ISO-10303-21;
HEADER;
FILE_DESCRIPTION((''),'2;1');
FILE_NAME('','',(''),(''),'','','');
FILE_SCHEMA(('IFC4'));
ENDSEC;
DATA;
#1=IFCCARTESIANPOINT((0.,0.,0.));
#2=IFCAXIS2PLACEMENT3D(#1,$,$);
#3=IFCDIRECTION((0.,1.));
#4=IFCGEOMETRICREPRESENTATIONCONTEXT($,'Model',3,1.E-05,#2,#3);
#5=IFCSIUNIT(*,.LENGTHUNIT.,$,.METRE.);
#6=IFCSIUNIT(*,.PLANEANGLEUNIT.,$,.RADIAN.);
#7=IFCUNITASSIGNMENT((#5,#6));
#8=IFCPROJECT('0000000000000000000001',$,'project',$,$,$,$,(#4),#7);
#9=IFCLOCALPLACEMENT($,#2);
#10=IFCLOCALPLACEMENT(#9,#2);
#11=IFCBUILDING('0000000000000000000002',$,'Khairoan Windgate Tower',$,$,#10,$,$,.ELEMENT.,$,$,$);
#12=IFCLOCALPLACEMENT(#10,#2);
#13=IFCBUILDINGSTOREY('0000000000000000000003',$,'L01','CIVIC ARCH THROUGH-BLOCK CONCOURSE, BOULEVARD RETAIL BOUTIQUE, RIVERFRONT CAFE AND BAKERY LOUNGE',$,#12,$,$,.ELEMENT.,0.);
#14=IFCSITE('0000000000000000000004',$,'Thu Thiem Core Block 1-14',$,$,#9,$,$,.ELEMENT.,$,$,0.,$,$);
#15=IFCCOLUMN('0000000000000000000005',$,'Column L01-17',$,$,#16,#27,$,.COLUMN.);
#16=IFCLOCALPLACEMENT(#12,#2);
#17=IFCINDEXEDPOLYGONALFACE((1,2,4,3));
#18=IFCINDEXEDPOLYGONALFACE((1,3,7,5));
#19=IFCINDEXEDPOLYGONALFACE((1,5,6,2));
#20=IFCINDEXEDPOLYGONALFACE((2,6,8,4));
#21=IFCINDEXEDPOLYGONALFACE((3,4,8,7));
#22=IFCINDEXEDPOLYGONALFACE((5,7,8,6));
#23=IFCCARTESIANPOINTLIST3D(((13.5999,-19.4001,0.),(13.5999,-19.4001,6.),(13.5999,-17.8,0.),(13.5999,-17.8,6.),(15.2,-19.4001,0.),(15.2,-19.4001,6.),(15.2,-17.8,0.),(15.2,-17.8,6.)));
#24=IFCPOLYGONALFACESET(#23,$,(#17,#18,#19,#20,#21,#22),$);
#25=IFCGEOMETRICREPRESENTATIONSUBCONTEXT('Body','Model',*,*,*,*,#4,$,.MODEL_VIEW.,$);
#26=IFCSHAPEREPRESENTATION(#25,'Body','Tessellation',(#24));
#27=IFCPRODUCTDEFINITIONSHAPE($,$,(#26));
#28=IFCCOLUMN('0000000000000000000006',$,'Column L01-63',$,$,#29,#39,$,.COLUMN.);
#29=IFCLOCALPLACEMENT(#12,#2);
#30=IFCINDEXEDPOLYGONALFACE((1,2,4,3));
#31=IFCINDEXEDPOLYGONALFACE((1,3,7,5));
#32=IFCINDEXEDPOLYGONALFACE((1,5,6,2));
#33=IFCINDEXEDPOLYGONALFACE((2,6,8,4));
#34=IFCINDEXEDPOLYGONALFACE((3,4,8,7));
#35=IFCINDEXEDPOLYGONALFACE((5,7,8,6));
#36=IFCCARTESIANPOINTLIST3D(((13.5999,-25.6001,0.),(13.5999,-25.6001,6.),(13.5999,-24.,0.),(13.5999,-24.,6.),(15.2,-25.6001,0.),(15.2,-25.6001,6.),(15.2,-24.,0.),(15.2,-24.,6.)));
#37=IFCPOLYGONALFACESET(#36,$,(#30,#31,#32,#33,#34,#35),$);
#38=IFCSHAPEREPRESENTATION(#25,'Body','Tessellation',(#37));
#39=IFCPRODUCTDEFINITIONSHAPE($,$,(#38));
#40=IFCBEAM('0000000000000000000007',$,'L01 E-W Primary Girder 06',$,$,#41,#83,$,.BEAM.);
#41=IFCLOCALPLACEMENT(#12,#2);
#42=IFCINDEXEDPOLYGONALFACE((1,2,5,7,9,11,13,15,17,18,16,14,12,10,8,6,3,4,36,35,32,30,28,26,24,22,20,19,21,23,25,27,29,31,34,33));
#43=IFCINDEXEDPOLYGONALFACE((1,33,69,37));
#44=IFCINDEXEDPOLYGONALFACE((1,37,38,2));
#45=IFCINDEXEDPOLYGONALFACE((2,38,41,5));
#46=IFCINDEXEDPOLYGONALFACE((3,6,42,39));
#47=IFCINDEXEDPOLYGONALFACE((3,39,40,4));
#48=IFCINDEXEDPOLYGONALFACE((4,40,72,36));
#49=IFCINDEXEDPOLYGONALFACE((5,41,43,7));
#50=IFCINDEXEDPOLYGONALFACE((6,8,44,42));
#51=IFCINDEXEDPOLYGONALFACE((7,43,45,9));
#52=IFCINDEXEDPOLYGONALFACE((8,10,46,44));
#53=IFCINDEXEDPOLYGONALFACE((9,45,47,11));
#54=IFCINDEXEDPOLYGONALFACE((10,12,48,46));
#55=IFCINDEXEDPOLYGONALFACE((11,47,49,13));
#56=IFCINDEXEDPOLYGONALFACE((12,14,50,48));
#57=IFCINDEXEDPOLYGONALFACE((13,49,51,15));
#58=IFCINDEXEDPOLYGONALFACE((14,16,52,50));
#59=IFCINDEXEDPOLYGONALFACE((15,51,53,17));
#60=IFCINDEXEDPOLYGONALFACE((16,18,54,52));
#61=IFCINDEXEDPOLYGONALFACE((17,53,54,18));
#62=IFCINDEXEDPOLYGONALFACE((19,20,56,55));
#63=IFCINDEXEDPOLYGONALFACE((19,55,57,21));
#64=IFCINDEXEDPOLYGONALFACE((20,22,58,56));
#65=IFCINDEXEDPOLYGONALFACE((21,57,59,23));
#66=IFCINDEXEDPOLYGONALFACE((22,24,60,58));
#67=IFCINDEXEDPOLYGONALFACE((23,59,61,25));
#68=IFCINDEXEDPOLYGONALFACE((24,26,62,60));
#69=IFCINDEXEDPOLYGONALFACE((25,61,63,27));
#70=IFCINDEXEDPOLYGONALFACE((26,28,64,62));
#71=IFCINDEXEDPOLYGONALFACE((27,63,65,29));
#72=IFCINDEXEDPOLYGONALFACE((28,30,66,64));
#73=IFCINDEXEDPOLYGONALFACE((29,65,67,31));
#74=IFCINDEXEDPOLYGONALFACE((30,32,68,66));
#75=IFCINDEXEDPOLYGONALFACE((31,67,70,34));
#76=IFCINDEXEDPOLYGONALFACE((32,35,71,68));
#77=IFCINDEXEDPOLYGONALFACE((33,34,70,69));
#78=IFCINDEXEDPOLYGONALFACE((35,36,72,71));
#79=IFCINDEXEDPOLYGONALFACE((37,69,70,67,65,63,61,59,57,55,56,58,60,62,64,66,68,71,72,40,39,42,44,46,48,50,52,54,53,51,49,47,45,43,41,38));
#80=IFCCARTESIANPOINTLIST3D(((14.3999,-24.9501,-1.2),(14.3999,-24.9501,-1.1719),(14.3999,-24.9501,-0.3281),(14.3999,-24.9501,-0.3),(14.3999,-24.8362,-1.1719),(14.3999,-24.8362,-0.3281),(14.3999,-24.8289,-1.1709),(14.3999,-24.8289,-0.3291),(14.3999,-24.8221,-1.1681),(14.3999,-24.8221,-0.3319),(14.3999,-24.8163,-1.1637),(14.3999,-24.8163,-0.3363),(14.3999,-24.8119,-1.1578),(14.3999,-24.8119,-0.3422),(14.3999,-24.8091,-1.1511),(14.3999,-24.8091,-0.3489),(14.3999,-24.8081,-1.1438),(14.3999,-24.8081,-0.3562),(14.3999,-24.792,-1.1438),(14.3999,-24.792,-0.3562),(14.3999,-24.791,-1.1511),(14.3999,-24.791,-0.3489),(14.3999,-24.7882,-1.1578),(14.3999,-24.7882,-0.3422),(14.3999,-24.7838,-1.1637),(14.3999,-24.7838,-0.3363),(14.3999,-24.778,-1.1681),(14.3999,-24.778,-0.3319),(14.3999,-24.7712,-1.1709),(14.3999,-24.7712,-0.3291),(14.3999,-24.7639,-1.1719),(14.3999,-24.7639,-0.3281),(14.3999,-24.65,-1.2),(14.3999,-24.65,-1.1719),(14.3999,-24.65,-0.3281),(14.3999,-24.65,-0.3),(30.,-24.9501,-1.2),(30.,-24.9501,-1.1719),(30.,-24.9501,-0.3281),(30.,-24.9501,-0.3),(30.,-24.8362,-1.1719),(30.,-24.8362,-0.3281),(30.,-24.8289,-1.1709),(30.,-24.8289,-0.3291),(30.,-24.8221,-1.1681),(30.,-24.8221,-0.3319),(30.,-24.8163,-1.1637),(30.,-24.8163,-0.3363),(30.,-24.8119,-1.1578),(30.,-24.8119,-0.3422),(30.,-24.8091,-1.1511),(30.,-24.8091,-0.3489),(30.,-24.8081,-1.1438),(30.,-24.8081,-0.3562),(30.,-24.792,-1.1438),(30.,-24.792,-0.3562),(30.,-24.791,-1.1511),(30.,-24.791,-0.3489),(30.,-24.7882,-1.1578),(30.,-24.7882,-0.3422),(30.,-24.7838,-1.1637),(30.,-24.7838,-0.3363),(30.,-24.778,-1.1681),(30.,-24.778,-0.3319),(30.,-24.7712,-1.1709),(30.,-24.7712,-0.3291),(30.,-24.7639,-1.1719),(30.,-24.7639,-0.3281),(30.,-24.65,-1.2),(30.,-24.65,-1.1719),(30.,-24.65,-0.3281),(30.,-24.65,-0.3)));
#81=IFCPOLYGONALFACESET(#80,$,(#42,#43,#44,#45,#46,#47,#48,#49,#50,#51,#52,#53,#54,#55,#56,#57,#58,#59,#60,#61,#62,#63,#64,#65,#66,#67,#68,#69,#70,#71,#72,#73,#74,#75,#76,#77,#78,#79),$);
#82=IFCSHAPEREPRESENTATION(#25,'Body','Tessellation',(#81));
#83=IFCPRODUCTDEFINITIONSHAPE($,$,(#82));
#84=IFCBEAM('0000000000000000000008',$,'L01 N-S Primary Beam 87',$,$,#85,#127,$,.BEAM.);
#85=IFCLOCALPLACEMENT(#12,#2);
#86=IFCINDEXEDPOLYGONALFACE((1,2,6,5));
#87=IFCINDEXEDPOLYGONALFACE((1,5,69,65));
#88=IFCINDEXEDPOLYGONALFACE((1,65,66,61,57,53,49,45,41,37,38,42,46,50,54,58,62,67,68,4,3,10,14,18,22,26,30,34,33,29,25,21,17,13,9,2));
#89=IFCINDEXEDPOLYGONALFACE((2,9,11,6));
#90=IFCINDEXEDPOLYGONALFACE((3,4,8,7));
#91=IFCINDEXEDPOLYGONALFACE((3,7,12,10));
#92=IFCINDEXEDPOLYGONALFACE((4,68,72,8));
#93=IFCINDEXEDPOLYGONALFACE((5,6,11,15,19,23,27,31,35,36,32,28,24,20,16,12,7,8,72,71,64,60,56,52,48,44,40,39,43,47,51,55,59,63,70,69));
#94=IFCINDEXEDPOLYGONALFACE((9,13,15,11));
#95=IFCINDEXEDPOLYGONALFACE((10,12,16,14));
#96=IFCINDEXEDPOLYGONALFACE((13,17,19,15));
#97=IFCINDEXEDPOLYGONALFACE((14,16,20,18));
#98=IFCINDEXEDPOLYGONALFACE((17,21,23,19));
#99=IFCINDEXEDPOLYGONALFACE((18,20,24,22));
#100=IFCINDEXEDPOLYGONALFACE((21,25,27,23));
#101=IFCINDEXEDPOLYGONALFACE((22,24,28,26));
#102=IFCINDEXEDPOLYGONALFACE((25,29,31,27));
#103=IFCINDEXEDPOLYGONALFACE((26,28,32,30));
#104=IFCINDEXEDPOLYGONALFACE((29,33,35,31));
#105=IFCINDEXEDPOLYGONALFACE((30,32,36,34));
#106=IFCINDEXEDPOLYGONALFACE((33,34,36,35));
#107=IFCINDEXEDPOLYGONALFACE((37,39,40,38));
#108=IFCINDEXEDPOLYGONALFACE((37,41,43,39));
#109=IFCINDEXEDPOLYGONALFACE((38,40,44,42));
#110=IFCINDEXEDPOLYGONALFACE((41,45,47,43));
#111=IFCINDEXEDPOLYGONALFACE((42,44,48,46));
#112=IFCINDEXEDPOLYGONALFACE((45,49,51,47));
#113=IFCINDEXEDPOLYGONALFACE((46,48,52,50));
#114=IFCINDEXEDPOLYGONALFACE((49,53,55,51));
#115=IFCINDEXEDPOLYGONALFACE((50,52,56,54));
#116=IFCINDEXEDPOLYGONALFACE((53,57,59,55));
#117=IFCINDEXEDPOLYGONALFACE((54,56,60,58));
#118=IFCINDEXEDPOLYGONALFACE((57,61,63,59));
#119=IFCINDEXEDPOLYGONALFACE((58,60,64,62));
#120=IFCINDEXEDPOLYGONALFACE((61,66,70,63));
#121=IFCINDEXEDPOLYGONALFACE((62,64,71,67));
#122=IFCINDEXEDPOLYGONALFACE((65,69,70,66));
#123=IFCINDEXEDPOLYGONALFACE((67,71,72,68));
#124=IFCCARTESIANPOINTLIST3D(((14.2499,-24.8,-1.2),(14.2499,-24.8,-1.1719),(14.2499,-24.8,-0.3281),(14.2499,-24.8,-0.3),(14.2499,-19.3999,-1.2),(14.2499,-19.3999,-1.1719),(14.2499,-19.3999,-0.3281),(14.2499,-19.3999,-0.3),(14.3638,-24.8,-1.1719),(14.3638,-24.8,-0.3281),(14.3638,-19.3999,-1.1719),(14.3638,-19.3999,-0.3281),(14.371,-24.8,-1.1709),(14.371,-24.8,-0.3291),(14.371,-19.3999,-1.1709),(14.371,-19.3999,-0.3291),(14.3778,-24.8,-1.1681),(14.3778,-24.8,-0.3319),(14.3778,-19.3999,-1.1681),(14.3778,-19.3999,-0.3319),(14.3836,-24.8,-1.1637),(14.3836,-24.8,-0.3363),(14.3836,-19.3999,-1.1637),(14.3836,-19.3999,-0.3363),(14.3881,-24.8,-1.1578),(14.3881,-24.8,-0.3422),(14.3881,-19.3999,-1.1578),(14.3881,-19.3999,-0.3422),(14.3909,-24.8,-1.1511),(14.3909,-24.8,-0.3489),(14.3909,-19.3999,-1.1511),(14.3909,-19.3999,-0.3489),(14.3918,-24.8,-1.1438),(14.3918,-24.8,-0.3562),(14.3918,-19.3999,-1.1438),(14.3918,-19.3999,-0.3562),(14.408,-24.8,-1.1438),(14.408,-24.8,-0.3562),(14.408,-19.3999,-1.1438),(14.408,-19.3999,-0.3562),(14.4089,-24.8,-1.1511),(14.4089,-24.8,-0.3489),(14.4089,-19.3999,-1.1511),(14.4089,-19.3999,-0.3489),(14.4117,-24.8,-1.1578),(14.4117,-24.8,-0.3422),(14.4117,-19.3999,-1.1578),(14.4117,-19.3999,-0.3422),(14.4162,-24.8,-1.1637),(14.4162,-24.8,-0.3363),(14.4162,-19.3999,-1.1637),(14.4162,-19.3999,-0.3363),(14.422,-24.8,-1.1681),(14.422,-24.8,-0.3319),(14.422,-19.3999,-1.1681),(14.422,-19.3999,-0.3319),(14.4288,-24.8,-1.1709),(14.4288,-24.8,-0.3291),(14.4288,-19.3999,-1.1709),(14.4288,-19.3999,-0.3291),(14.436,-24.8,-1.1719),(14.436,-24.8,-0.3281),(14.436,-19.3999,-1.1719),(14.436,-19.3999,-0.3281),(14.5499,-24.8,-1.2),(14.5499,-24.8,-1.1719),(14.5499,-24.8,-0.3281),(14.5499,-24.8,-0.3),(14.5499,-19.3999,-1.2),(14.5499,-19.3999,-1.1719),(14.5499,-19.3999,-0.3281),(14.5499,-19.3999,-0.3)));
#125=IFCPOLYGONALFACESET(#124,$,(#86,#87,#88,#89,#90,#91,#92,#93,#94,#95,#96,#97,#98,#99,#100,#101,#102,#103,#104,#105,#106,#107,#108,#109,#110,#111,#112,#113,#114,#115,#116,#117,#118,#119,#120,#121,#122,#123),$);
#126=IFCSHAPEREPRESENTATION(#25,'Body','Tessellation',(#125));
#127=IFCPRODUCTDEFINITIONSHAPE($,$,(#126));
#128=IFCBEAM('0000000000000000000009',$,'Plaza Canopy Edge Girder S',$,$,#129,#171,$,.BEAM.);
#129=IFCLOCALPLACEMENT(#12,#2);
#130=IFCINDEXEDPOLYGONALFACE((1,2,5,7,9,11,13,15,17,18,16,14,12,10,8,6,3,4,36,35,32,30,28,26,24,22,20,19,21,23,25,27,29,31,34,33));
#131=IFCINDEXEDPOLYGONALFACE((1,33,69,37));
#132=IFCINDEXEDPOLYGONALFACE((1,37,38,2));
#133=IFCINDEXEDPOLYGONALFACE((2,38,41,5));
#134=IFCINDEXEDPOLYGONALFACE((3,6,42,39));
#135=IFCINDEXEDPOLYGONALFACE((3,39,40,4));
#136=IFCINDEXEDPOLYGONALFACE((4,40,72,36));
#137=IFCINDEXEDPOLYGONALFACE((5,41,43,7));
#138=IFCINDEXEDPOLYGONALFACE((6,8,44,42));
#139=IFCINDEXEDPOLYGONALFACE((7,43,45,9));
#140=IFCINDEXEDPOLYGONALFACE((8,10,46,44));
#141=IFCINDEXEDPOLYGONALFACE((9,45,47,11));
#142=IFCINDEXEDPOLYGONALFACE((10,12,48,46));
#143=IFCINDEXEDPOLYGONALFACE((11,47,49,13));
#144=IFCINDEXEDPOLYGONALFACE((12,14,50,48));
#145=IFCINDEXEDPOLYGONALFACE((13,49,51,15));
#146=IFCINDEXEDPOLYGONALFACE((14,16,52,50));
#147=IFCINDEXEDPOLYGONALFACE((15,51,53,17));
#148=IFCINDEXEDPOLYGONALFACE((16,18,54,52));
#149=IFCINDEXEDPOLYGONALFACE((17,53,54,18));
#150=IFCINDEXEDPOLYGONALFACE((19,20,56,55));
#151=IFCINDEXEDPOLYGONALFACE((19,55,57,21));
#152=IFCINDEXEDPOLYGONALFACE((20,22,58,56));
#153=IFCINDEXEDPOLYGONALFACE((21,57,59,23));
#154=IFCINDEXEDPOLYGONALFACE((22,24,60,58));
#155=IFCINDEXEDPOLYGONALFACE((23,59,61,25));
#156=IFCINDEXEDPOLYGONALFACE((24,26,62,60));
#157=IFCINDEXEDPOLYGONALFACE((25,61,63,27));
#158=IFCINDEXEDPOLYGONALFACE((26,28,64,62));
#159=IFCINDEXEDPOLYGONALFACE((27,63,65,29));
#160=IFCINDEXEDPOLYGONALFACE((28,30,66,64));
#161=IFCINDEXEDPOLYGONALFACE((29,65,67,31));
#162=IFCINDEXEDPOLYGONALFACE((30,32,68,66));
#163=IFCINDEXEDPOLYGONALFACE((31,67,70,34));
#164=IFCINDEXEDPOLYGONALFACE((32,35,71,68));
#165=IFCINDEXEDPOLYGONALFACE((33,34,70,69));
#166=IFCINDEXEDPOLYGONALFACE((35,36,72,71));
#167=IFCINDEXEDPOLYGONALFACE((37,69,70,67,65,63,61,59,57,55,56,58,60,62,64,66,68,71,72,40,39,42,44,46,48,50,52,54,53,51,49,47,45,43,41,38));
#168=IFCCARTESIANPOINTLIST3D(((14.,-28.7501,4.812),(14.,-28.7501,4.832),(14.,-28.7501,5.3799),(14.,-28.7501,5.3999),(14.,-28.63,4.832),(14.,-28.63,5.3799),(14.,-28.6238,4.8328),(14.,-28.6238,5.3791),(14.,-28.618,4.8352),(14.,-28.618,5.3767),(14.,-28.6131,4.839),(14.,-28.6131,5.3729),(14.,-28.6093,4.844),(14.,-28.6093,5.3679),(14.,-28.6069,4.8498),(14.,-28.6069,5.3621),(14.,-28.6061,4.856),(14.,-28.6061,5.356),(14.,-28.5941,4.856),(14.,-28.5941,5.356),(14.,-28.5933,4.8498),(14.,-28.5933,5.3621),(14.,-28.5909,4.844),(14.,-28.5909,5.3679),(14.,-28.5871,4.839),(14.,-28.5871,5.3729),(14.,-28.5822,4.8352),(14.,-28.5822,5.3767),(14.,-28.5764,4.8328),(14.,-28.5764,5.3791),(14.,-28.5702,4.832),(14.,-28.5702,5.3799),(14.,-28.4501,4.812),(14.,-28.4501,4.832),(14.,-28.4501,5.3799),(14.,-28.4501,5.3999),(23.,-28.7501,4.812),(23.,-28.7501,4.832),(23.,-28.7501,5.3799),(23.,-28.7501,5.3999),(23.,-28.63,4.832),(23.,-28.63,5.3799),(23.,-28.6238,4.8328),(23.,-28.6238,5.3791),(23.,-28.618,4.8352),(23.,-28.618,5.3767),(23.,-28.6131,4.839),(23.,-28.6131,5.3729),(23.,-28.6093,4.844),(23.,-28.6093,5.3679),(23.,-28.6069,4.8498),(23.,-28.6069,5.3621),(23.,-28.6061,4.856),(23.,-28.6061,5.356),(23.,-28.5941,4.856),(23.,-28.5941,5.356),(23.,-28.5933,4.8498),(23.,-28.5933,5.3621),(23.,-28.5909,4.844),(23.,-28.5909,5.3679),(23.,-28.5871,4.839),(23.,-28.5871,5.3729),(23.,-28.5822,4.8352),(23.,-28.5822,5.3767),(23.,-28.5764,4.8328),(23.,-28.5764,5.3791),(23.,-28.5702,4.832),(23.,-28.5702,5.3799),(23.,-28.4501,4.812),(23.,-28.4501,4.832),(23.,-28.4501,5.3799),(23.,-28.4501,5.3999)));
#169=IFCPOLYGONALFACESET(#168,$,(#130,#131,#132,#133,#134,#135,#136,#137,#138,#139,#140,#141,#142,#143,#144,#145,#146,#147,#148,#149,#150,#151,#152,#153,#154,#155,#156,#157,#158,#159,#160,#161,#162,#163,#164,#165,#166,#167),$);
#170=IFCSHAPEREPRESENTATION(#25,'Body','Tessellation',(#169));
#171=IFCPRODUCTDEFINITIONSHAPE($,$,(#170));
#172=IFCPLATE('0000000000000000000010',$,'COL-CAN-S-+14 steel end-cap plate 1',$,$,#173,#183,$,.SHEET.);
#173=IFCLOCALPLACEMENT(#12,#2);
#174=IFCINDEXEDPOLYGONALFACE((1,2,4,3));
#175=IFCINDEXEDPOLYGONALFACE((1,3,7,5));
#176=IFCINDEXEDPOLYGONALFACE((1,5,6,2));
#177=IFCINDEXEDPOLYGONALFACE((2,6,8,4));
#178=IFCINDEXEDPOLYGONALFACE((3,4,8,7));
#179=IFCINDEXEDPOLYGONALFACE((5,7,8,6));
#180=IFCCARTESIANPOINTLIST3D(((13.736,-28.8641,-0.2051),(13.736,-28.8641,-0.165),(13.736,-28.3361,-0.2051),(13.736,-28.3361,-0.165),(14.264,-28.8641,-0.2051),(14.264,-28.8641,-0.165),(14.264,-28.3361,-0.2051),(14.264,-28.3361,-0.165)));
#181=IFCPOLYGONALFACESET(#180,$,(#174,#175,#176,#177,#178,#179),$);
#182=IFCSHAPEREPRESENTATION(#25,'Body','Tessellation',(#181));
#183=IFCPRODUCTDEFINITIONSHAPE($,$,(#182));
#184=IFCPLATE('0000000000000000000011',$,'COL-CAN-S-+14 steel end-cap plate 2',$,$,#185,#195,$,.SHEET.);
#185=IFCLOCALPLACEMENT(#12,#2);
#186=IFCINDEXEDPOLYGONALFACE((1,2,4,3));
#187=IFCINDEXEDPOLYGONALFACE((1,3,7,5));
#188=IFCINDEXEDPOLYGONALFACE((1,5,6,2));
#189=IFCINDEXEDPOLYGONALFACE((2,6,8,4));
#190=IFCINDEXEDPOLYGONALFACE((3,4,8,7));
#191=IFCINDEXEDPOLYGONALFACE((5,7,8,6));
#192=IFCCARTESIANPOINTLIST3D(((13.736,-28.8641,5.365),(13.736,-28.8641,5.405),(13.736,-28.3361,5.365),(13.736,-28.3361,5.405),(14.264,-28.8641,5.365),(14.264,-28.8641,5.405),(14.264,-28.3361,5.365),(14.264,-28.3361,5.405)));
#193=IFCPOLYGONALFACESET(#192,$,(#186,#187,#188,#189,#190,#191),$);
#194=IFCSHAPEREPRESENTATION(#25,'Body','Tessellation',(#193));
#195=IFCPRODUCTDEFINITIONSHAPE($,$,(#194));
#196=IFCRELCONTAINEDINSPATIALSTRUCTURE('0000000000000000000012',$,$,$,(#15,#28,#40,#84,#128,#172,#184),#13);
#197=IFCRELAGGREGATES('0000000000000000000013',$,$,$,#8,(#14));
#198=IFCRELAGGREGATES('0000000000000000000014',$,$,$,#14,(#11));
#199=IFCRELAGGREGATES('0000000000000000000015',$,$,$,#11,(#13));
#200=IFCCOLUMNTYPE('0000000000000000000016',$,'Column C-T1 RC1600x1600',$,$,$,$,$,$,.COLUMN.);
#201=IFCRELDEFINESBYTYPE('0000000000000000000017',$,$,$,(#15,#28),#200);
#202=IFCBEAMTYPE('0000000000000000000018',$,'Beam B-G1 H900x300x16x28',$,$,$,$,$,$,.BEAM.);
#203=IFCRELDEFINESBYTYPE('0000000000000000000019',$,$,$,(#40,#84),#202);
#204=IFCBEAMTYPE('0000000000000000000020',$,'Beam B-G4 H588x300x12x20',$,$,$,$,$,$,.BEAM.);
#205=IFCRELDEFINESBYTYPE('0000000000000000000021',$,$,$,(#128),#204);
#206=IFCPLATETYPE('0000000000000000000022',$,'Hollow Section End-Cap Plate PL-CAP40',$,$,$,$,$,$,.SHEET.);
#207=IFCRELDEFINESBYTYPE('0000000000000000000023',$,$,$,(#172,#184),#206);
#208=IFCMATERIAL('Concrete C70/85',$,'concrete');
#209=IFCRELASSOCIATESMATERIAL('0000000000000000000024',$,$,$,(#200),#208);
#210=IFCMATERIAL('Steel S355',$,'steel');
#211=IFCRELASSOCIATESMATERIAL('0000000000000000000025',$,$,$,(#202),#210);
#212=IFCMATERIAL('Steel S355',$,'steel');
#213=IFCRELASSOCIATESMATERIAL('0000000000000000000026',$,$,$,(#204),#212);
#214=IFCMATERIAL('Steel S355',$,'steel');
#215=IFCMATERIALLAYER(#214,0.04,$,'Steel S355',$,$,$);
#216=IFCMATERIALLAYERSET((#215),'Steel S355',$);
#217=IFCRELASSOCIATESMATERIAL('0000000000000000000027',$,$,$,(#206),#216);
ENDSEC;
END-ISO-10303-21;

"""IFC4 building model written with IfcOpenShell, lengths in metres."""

from ifc_helpers import new_model, si_unit, direction, frame, origin, origin_2d, place, context, subcontext, project, spatial, rectangle, i_section, extrude, material, layer, layer_set, material_profile, profile_set, type_object, element, save


model = new_model("IFC4")

# Units and contexts
model_context = context("Model", 3, precision=1e-05, world=origin(), true_north=direction((0.0, 1.0)))
body_context = subcontext(model_context, "Body", "Model", "MODEL_VIEW")
ifc_project = project(units=[si_unit("LENGTHUNIT", "METRE"), si_unit("PLANEANGLEUNIT", "RADIAN")], contexts=[model_context])

# Site, building, storey
site_placement = place(None, origin())
site = spatial("IfcSite", under=ifc_project, at=site_placement, Name="Thu Thiem Core Block 1-14", CompositionType="ELEMENT", RefElevation=0.0)
building_placement = place(site_placement, origin())
building = spatial("IfcBuilding", under=site, at=building_placement, Name="Khairoan Windgate Tower", CompositionType="ELEMENT")
storey_placement = place(building_placement, origin())
storey = spatial("IfcBuildingStorey", under=building, at=storey_placement, Name="L01", Description="CIVIC ARCH THROUGH-BLOCK CONCOURSE, BOULEVARD RETAIL BOUTIQUE, RIVERFRONT CAFE AND BAKERY LOUNGE", CompositionType="ELEMENT", Elevation=0.0)

# Columns
ifc_material_1 = material(Name="Concrete C70/85", Category="concrete")
ifc_material_profile_1 = material_profile(ifc_material_1, rectangle(XDim=1.6001, YDim=1.6001, at=origin_2d()))
ifc_profile_set_1 = profile_set([ifc_material_profile_1], Name="Concrete C70/85")
column_type = type_object("IfcColumnType", Name="Column C-T1 RC1600x1600", PredefinedType="COLUMN", material=ifc_profile_set_1)
for number, where, z_axis, x_axis, name in (
    (1, (14.3999, -18.6001, 0.0), (0.0, 0.0, 1.0), (1.0, 0.0, 0.0), "Column L01-17"),
    (2, (14.3999, -24.8, 0.0), (0.0, 0.0, 1.0), (1.0, 0.0, 0.0), "Column L01-63"),
):
    element("IfcColumn", number, at=place(storey_placement, frame(where, z_axis=z_axis, x_axis=x_axis)), inside=storey, type_object=column_type, Name=name, PredefinedType="COLUMN", context=body_context, shape_type="SweptSolid", body=[
        extrude(rectangle(XDim=1.6001, YDim=1.6001, at=origin_2d()), origin(), (0.0, 0.0, 1.0), 6.0),
    ])

# Beams
ifc_material_2 = material(Name="Steel S355", Category="steel")
ifc_material_profile_2 = material_profile(ifc_material_2, i_section(OverallWidth=0.3, OverallDepth=0.8999, WebThickness=0.0161, FlangeThickness=0.0281, FilletRadius=0.0281, at=origin_2d()))
ifc_profile_set_2 = profile_set([ifc_material_profile_2], Name="Steel S355")
beam_type_1 = type_object("IfcBeamType", Name="Beam B-G1 H900x300x16x28", PredefinedType="BEAM", material=ifc_profile_set_2)
beam_1_placement = place(storey_placement, frame((14.3999, -24.8, -0.75), z_axis=(1.0, 0.0, 0.0), x_axis=(0.0, 1.0, 0.0)))
element("IfcBeam", 3, at=beam_1_placement, inside=storey, type_object=beam_type_1, Name="L01 E-W Primary Girder 06", PredefinedType="BEAM", context=body_context, shape_type="SweptSolid", body=[
    extrude(i_section(OverallWidth=0.3, OverallDepth=0.8999, WebThickness=0.0161, FlangeThickness=0.0281, FilletRadius=0.0281, at=origin_2d()), origin(), (0.0, 0.0, 1.0), 15.6001),
])
beam_2_placement = place(storey_placement, frame((14.3999, -24.8, -0.75), z_axis=(0.0, 1.0, 0.0), x_axis=(-1.0, 0.0, 0.0)))
element("IfcBeam", 4, at=beam_2_placement, inside=storey, type_object=beam_type_1, Name="L01 N-S Primary Beam 87", PredefinedType="BEAM", context=body_context, shape_type="SweptSolid", body=[
    extrude(i_section(OverallWidth=0.3, OverallDepth=0.8999, WebThickness=0.0161, FlangeThickness=0.0281, FilletRadius=0.0281, at=origin_2d()), origin(), (0.0, 0.0, 1.0), 5.4001),
])
ifc_material_3 = material(Name="Steel S355", Category="steel")
ifc_material_profile_3 = material_profile(ifc_material_3, i_section(OverallWidth=0.3, OverallDepth=0.5879, WebThickness=0.012, FlangeThickness=0.02, FilletRadius=0.0239, at=origin_2d()))
ifc_profile_set_3 = profile_set([ifc_material_profile_3], Name="Steel S355")
beam_type_2 = type_object("IfcBeamType", Name="Beam B-G4 H588x300x12x20", PredefinedType="BEAM", material=ifc_profile_set_3)
beam_3_placement = place(storey_placement, frame((14.0, -28.6001, 5.106), z_axis=(1.0, 0.0, 0.0), x_axis=(0.0, 1.0, 0.0)))
element("IfcBeam", 5, at=beam_3_placement, inside=storey, type_object=beam_type_2, Name="Plaza Canopy Edge Girder S", PredefinedType="BEAM", context=body_context, shape_type="SweptSolid", body=[
    extrude(i_section(OverallWidth=0.3, OverallDepth=0.5879, WebThickness=0.012, FlangeThickness=0.02, FilletRadius=0.0239, at=origin_2d()), origin(), (0.0, 0.0, 1.0), 9.0),
])

# Plates
ifc_material_4 = material(Name="Steel S355", Category="steel")
ifc_layer_1 = layer(ifc_material_4, 0.04, Name="Steel S355")
ifc_layer_set_1 = layer_set([ifc_layer_1], Name="Steel S355")
plate_type = type_object("IfcPlateType", Name="Hollow Section End-Cap Plate PL-CAP40", PredefinedType="SHEET", material=ifc_layer_set_1)
for number, where, z_axis, x_axis, name in (
    (6, (14.0, -28.6001, -0.2051), (0.0, 0.0, 1.0), (1.0, 0.0, 0.0), "COL-CAN-S-+14 steel end-cap plate 1"),
    (7, (14.0, -28.6001, 5.365), (0.0, 0.0, 1.0), (1.0, 0.0, 0.0), "COL-CAN-S-+14 steel end-cap plate 2"),
):
    element("IfcPlate", number, at=place(storey_placement, frame(where, z_axis=z_axis, x_axis=x_axis)), inside=storey, type_object=plate_type, Name=name, PredefinedType="SHEET", context=body_context, shape_type="SweptSolid", body=[
        extrude(rectangle(XDim=0.5281, YDim=0.5281, at=origin_2d()), origin(), (0.0, 0.0, 1.0), 0.04),
    ])

save(model, "model.ifc")
